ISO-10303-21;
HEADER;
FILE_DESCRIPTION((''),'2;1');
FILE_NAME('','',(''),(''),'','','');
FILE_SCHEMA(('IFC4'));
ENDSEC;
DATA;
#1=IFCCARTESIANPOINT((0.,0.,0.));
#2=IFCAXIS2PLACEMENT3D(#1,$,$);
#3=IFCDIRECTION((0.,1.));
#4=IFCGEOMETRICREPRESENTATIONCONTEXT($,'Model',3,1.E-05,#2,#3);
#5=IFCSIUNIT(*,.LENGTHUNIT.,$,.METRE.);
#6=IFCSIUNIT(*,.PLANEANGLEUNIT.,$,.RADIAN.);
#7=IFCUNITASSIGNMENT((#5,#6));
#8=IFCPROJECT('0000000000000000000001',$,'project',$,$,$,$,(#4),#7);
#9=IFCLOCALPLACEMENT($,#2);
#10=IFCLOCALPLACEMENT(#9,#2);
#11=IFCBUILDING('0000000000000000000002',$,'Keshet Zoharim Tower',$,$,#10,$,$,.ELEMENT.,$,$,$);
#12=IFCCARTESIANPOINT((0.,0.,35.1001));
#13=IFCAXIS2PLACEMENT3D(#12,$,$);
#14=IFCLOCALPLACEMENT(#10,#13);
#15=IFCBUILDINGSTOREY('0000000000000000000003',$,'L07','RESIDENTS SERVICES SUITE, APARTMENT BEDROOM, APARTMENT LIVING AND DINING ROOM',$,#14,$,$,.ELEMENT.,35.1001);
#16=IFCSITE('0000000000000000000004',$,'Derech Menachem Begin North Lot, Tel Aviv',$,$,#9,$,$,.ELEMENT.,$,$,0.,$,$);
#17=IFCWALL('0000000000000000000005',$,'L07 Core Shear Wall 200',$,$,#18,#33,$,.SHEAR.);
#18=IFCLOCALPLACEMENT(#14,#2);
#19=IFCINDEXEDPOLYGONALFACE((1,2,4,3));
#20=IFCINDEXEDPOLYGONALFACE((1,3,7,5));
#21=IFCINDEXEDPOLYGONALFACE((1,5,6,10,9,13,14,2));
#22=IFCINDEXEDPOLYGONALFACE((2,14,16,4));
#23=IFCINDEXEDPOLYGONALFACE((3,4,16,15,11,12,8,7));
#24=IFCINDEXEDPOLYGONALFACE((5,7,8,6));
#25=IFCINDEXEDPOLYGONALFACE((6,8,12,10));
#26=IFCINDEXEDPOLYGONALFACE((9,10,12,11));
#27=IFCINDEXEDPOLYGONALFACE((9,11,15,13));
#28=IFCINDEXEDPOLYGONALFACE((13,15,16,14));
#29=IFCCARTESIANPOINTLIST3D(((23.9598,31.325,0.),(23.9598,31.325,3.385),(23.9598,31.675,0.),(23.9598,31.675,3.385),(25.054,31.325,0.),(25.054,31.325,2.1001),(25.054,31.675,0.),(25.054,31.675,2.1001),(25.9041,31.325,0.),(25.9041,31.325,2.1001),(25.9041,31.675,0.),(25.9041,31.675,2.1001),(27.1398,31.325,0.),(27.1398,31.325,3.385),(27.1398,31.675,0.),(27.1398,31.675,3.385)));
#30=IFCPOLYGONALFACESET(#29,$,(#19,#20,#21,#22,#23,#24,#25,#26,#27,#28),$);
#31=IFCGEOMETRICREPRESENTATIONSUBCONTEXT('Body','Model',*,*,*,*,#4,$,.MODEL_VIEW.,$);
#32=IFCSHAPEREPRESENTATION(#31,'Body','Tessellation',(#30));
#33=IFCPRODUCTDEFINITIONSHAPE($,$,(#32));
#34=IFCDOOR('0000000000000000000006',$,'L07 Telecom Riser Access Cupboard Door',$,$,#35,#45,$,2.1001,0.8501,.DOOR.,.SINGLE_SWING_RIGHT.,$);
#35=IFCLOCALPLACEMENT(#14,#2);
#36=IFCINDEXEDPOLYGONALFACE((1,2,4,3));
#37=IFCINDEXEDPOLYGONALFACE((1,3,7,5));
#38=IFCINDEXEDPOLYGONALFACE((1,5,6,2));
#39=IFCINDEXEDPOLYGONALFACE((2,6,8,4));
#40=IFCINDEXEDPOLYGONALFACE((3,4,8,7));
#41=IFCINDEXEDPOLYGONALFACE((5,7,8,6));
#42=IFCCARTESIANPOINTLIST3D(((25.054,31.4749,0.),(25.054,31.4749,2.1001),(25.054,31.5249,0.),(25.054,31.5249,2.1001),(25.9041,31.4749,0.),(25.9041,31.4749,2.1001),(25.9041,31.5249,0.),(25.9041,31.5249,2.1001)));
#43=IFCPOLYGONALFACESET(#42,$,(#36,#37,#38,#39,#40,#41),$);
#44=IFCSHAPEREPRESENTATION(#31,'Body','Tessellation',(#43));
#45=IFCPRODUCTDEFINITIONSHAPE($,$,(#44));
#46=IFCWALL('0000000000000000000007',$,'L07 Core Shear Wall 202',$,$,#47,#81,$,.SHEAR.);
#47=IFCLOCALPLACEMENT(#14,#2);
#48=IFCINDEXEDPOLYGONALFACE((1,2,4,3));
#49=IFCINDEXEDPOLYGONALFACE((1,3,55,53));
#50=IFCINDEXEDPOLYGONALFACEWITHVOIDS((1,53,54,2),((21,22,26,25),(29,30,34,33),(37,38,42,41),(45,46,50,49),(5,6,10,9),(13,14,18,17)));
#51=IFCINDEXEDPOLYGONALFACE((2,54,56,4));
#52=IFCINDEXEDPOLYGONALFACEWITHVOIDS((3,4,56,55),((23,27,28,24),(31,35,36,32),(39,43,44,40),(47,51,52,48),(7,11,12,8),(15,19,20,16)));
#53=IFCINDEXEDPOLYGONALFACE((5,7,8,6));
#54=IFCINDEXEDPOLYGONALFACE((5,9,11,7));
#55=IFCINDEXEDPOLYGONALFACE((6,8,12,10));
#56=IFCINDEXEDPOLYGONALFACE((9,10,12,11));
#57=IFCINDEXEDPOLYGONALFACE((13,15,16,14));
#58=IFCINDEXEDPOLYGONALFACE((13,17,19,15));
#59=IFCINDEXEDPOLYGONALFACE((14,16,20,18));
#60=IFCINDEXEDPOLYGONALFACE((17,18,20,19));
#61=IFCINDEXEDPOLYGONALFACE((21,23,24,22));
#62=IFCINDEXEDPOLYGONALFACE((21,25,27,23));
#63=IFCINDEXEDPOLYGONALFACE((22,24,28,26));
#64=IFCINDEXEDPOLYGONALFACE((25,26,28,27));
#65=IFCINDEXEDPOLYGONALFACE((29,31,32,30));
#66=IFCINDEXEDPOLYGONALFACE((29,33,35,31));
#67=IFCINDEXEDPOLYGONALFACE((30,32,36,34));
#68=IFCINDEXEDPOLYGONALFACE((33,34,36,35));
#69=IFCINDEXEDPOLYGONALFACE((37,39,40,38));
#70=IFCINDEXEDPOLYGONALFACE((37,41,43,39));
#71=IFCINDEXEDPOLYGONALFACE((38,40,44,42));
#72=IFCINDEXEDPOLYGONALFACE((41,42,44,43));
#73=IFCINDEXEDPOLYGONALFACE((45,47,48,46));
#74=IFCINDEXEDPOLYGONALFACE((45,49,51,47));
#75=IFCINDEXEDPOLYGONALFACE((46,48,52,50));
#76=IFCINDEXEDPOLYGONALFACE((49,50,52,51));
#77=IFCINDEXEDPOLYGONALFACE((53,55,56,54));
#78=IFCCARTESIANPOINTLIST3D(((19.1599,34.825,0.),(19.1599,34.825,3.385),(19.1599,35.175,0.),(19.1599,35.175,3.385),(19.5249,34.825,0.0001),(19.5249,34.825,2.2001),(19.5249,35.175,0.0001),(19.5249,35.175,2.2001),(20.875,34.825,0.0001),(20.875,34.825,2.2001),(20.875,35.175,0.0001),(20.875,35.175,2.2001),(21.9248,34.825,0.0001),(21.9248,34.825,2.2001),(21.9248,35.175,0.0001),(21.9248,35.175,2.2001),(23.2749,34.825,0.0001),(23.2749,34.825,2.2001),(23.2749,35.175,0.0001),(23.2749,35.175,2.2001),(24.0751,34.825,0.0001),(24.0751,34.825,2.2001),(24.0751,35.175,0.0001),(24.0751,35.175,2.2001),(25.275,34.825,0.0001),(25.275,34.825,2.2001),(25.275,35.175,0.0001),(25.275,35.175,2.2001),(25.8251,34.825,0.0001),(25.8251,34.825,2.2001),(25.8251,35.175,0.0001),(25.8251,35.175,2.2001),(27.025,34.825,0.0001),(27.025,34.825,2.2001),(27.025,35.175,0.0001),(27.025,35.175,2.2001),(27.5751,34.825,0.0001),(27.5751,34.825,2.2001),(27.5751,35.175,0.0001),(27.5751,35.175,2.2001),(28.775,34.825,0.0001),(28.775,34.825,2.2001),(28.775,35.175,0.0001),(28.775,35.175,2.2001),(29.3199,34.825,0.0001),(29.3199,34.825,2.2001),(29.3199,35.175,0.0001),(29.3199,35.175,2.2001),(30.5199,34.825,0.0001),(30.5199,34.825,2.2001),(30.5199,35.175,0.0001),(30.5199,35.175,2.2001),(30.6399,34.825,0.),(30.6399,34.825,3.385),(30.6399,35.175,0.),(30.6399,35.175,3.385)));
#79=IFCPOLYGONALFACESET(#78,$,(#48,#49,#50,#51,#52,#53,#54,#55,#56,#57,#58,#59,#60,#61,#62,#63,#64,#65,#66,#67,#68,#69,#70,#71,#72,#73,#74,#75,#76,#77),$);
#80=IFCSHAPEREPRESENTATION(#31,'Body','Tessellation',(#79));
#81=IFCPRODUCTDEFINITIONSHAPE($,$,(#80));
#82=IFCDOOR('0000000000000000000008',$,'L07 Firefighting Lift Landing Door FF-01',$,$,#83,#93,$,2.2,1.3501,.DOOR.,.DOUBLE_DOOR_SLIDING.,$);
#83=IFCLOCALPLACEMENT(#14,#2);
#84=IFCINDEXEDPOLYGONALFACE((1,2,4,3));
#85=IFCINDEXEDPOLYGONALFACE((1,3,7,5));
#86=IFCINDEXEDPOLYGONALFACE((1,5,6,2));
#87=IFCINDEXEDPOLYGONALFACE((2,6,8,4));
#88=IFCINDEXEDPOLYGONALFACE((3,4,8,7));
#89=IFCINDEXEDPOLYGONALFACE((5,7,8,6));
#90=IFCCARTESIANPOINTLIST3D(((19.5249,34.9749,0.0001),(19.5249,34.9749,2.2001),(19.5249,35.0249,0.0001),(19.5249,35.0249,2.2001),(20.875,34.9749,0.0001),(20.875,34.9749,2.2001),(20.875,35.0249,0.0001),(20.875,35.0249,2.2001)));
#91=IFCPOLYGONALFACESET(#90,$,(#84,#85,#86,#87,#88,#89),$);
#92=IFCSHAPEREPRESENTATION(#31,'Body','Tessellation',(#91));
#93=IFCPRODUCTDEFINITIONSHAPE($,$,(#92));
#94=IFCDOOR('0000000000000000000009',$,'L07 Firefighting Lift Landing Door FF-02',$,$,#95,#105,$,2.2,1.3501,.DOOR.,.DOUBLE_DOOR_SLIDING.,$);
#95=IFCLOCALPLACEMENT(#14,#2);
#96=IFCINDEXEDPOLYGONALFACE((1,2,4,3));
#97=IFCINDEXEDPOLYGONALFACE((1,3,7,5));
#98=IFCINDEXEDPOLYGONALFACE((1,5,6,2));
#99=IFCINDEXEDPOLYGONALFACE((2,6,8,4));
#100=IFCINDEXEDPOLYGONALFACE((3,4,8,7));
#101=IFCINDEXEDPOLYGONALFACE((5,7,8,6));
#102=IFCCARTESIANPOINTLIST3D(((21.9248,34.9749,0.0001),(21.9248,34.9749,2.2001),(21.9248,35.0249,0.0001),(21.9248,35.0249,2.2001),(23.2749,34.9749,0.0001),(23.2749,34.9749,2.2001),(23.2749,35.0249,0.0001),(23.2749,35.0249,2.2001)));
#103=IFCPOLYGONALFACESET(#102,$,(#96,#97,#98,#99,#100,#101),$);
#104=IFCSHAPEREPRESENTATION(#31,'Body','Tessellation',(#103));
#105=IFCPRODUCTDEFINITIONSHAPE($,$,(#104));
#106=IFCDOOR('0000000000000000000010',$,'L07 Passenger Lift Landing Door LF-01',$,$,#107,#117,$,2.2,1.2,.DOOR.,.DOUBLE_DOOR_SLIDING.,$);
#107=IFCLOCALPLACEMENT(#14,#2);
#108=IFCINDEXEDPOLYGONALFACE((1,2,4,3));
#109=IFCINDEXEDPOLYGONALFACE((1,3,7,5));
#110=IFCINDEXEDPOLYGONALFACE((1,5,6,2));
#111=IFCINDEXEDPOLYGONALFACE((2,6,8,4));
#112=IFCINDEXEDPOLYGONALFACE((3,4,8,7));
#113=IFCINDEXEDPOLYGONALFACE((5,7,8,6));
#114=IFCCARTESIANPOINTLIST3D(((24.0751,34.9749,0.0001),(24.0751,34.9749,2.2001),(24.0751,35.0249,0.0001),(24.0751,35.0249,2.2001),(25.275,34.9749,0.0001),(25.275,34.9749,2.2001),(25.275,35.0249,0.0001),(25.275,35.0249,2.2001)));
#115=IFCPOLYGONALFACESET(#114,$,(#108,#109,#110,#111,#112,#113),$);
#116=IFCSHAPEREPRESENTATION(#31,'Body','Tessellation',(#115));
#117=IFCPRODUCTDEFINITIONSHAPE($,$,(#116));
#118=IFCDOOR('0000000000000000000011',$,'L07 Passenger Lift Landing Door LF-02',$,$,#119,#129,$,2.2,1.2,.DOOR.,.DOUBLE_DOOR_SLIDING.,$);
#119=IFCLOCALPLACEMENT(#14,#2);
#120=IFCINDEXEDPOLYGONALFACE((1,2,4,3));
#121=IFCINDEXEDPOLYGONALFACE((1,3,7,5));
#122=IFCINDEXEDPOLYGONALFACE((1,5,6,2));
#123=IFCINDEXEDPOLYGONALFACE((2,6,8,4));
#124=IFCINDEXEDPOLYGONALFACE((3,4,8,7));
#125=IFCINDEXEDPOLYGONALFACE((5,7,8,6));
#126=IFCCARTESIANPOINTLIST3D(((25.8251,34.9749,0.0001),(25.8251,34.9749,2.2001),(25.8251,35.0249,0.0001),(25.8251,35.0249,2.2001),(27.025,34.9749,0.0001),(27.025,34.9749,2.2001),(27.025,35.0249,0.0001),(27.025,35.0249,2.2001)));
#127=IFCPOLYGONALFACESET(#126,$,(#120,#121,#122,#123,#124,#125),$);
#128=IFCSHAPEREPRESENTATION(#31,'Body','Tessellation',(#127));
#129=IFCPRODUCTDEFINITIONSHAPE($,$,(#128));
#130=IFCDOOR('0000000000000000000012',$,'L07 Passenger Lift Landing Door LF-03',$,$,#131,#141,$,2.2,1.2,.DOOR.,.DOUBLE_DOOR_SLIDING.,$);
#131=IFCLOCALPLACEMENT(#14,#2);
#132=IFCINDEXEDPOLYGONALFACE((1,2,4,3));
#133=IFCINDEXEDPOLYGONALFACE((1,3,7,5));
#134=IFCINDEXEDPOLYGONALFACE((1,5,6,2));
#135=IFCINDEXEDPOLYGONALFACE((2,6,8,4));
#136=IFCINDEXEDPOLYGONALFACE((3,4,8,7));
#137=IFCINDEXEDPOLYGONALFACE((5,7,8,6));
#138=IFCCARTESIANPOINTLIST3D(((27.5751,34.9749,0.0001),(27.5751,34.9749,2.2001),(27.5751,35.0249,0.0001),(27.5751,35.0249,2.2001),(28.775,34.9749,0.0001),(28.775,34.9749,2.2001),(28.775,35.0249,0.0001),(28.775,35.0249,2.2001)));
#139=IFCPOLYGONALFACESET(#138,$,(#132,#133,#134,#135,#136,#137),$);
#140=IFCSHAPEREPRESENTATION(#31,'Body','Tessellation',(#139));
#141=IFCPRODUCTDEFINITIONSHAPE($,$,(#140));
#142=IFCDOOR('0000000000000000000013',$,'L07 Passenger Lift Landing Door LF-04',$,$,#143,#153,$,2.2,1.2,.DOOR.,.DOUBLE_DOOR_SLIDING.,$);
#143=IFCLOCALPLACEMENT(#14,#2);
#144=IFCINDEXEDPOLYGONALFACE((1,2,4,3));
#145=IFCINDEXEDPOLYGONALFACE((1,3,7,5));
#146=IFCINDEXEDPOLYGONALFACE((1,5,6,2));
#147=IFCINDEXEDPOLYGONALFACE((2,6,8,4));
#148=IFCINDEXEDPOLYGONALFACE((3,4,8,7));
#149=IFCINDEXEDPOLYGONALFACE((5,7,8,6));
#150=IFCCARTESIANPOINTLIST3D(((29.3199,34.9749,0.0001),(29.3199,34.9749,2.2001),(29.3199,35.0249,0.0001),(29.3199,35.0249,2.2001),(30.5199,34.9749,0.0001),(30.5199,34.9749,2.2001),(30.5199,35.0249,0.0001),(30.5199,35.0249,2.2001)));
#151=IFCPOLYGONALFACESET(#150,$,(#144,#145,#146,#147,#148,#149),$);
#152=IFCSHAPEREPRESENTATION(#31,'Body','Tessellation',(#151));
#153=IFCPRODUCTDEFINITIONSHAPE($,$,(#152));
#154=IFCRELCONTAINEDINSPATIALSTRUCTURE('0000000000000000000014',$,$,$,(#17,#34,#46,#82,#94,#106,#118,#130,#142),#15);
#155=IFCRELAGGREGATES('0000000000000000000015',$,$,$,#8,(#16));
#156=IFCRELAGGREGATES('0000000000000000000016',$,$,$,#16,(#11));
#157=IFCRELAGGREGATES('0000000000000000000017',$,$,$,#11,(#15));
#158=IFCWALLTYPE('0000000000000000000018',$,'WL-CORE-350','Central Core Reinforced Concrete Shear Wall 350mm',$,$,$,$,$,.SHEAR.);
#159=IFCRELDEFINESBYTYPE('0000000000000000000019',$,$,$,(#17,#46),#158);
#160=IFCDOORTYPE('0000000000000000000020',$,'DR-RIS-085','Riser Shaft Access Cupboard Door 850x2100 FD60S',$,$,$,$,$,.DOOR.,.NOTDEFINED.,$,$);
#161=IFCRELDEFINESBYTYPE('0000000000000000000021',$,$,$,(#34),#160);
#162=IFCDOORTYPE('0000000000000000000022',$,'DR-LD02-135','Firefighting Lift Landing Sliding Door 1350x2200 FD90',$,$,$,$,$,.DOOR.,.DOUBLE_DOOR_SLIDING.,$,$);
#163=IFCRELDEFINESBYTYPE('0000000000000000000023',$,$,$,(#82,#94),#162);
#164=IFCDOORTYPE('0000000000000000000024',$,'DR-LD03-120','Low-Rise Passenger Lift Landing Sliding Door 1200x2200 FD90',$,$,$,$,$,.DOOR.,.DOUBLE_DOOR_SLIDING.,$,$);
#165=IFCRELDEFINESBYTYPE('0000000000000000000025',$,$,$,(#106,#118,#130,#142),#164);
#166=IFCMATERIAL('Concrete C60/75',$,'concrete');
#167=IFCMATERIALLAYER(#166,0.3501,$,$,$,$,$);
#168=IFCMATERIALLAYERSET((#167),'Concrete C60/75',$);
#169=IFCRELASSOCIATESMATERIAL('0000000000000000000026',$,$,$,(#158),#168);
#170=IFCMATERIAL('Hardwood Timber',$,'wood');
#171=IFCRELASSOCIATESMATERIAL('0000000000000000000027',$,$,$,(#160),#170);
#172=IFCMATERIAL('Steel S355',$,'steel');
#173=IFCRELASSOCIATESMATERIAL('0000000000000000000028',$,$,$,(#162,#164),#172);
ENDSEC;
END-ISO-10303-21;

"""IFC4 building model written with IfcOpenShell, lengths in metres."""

from ifc_helpers import new_model, si_unit, direction, frame, frame_2d, origin, place, context, subcontext, project, spatial, rectangle, extrude, material, layer, layer_set, type_object, element, fill, save


model = new_model("IFC4")

# Units and contexts
model_context = context("Model", 3, precision=1e-05, world=origin(), true_north=direction((0.0, 1.0)))
body_context = subcontext(model_context, "Body", "Model", "MODEL_VIEW")
ifc_project = project(units=[si_unit("LENGTHUNIT", "METRE"), si_unit("PLANEANGLEUNIT", "RADIAN")], contexts=[model_context])

# Site, building, storey
site_placement = place(None, origin())
site = spatial("IfcSite", under=ifc_project, at=site_placement, Name="Derech Menachem Begin North Lot, Tel Aviv", CompositionType="ELEMENT", RefElevation=0.0)
building_placement = place(site_placement, origin())
building = spatial("IfcBuilding", under=site, at=building_placement, Name="Keshet Zoharim Tower", CompositionType="ELEMENT")
storey_placement = place(building_placement, frame((0.0, 0.0, 35.1001)))
storey = spatial("IfcBuildingStorey", under=building, at=storey_placement, Name="L07", Description="RESIDENTS SERVICES SUITE, APARTMENT BEDROOM, APARTMENT LIVING AND DINING ROOM", CompositionType="ELEMENT", Elevation=35.1001)

# Shared definitions
ifc_material_1 = material(Name="Steel S355", Category="steel")

# Shared definitions
ifc_material_2 = material(Name="Concrete C60/75", Category="concrete")
ifc_layer_1 = layer(ifc_material_2, 0.3501)
ifc_layer_set_1 = layer_set([ifc_layer_1], Name="Concrete C60/75")
wall_type_1 = type_object("IfcWallType", Name="WL-CORE-350", Description="Central Core Reinforced Concrete Shear Wall 350mm", PredefinedType="SHEAR", material=ifc_layer_set_1)

# Shared definitions
ifc_material_3 = material(Name="Hardwood Timber", Category="wood")

# Wall, opening, door
wall_1_placement = place(storey_placement, frame((23.96, 31.5, 0.0), z_axis=(0.0, 0.0, 1.0), x_axis=(1.0, 0.0, 0.0)))
wall_1 = element("IfcWall", 1, at=wall_1_placement, inside=storey, type_object=wall_type_1, Name="L07 Core Shear Wall 200", PredefinedType="SHEAR", context=body_context, shape_type="SweptSolid", body=[
    extrude(rectangle(XDim=3.1799, YDim=0.3501, at=frame_2d((1.5898, 0.0))), origin(), (0.0, 0.0, 1.0), 3.385),
])
opening_1_placement = place(wall_1_placement, frame((1.094, 0.0, 0.0)))
opening_1 = element("IfcOpeningElement", 2, at=opening_1_placement, cuts=wall_1, PredefinedType="OPENING", context=body_context, shape_type="SweptSolid", body=[
    extrude(rectangle(XDim=0.8501, YDim=2.1001, at=frame_2d((0.425, 1.05))), frame((0.0, 0.1851, 0.0), z_axis=(0.0, -1.0, 0.0), x_axis=(1.0, 0.0, 0.0)), (0.0, 0.0, 1.0), 0.3701),
])
door_type_1 = type_object("IfcDoorType", Name="DR-RIS-085", Description="Riser Shaft Access Cupboard Door 850x2100 FD60S", OperationType="NOTDEFINED", PredefinedType="DOOR", material=ifc_material_3)
door_1_placement = place(opening_1_placement, origin())
door_1 = element("IfcDoor", 3, at=door_1_placement, inside=storey, type_object=door_type_1, Name="L07 Telecom Riser Access Cupboard Door", OperationType="SINGLE_SWING_RIGHT", OverallHeight=2.1001, OverallWidth=0.8501, PredefinedType="DOOR", context=body_context, shape_type="SweptSolid", body=[
    extrude(rectangle(XDim=0.8501, YDim=2.1001, at=frame_2d((0.425, 1.05))), frame((0.0, 0.0249, 0.0), z_axis=(0.0, -1.0, 0.0), x_axis=(1.0, 0.0, 0.0)), (0.0, 0.0, 1.0), 0.05),
])
fill(opening_1, door_1)

# Wall, openings, doors
wall_2_placement = place(storey_placement, frame((19.1599, 35.0, 0.0), z_axis=(0.0, 0.0, 1.0), x_axis=(1.0, 0.0, 0.0)))
wall_2 = element("IfcWall", 4, at=wall_2_placement, inside=storey, type_object=wall_type_1, Name="L07 Core Shear Wall 202", PredefinedType="SHEAR", context=body_context, shape_type="SweptSolid", body=[
    extrude(rectangle(XDim=11.48, YDim=0.3501, at=frame_2d((5.74, 0.0))), origin(), (0.0, 0.0, 1.0), 3.385),
])
opening_2_placement = place(wall_2_placement, frame((0.365, 0.0, 0.0)))
opening_2 = element("IfcOpeningElement", 5, at=opening_2_placement, cuts=wall_2, PredefinedType="OPENING", context=body_context, shape_type="SweptSolid", body=[
    extrude(rectangle(XDim=1.3501, YDim=2.2, at=frame_2d((0.675, 1.1001))), frame((0.0, 0.1851, 0.0), z_axis=(0.0, -1.0, 0.0), x_axis=(1.0, 0.0, 0.0)), (0.0, 0.0, 1.0), 0.3701),
])
opening_3_placement = place(wall_2_placement, frame((2.7649, 0.0, 0.0)))
opening_3 = element("IfcOpeningElement", 6, at=opening_3_placement, cuts=wall_2, PredefinedType="OPENING", context=body_context, shape_type="SweptSolid", body=[
    extrude(rectangle(XDim=1.3501, YDim=2.2, at=frame_2d((0.675, 1.1001))), frame((0.0, 0.1851, 0.0), z_axis=(0.0, -1.0, 0.0), x_axis=(1.0, 0.0, 0.0)), (0.0, 0.0, 1.0), 0.3701),
])
opening_4_placement = place(wall_2_placement, frame((4.915, 0.0, 0.0)))
opening_4 = element("IfcOpeningElement", 7, at=opening_4_placement, cuts=wall_2, PredefinedType="OPENING", context=body_context, shape_type="SweptSolid", body=[
    extrude(rectangle(XDim=1.2, YDim=2.2, at=frame_2d((0.6001, 1.1001))), frame((0.0, 0.1851, 0.0), z_axis=(0.0, -1.0, 0.0), x_axis=(1.0, 0.0, 0.0)), (0.0, 0.0, 1.0), 0.3701),
])
opening_5_placement = place(wall_2_placement, frame((6.665, 0.0, 0.0)))
opening_5 = element("IfcOpeningElement", 8, at=opening_5_placement, cuts=wall_2, PredefinedType="OPENING", context=body_context, shape_type="SweptSolid", body=[
    extrude(rectangle(XDim=1.2, YDim=2.2, at=frame_2d((0.6001, 1.1001))), frame((0.0, 0.1851, 0.0), z_axis=(0.0, -1.0, 0.0), x_axis=(1.0, 0.0, 0.0)), (0.0, 0.0, 1.0), 0.3701),
])
opening_6_placement = place(wall_2_placement, frame((8.415, 0.0, 0.0)))
opening_6 = element("IfcOpeningElement", 9, at=opening_6_placement, cuts=wall_2, PredefinedType="OPENING", context=body_context, shape_type="SweptSolid", body=[
    extrude(rectangle(XDim=1.2, YDim=2.2, at=frame_2d((0.6001, 1.1001))), frame((0.0, 0.1851, 0.0), z_axis=(0.0, -1.0, 0.0), x_axis=(1.0, 0.0, 0.0)), (0.0, 0.0, 1.0), 0.3701),
])
opening_7_placement = place(wall_2_placement, frame((10.1599, 0.0, 0.0)))
opening_7 = element("IfcOpeningElement", 10, at=opening_7_placement, cuts=wall_2, PredefinedType="OPENING", context=body_context, shape_type="SweptSolid", body=[
    extrude(rectangle(XDim=1.2, YDim=2.2, at=frame_2d((0.6001, 1.1001))), frame((0.0, 0.1851, 0.0), z_axis=(0.0, -1.0, 0.0), x_axis=(1.0, 0.0, 0.0)), (0.0, 0.0, 1.0), 0.3701),
])
door_type_2 = type_object("IfcDoorType", Name="DR-LD02-135", Description="Firefighting Lift Landing Sliding Door 1350x2200 FD90", OperationType="DOUBLE_DOOR_SLIDING", PredefinedType="DOOR", material=ifc_material_1)
door_2_placement = place(opening_2_placement, origin())
door_2 = element("IfcDoor", 11, at=door_2_placement, inside=storey, type_object=door_type_2, Name="L07 Firefighting Lift Landing Door FF-01", OperationType="DOUBLE_DOOR_SLIDING", OverallHeight=2.2, OverallWidth=1.3501, PredefinedType="DOOR", context=body_context, shape_type="SweptSolid", body=[
    extrude(rectangle(XDim=1.3501, YDim=2.2, at=frame_2d((0.675, 1.1001))), frame((0.0, 0.0249, 0.0), z_axis=(0.0, -1.0, 0.0), x_axis=(1.0, 0.0, 0.0)), (0.0, 0.0, 1.0), 0.05),
])
fill(opening_2, door_2)
door_3_placement = place(opening_3_placement, origin())
door_3 = element("IfcDoor", 12, at=door_3_placement, inside=storey, type_object=door_type_2, Name="L07 Firefighting Lift Landing Door FF-02", OperationType="DOUBLE_DOOR_SLIDING", OverallHeight=2.2, OverallWidth=1.3501, PredefinedType="DOOR", context=body_context, shape_type="SweptSolid", body=[
    extrude(rectangle(XDim=1.3501, YDim=2.2, at=frame_2d((0.675, 1.1001))), frame((0.0, 0.0249, 0.0), z_axis=(0.0, -1.0, 0.0), x_axis=(1.0, 0.0, 0.0)), (0.0, 0.0, 1.0), 0.05),
])
fill(opening_3, door_3)
door_type_3 = type_object("IfcDoorType", Name="DR-LD03-120", Description="Low-Rise Passenger Lift Landing Sliding Door 1200x2200 FD90", OperationType="DOUBLE_DOOR_SLIDING", PredefinedType="DOOR", material=ifc_material_1)
door_4_placement = place(opening_4_placement, origin())
door_4 = element("IfcDoor", 13, at=door_4_placement, inside=storey, type_object=door_type_3, Name="L07 Passenger Lift Landing Door LF-01", OperationType="DOUBLE_DOOR_SLIDING", OverallHeight=2.2, OverallWidth=1.2, PredefinedType="DOOR", context=body_context, shape_type="SweptSolid", body=[
    extrude(rectangle(XDim=1.2, YDim=2.2, at=frame_2d((0.6001, 1.1001))), frame((0.0, 0.0249, 0.0), z_axis=(0.0, -1.0, 0.0), x_axis=(1.0, 0.0, 0.0)), (0.0, 0.0, 1.0), 0.05),
])
fill(opening_4, door_4)
door_5_placement = place(opening_5_placement, origin())
door_5 = element("IfcDoor", 14, at=door_5_placement, inside=storey, type_object=door_type_3, Name="L07 Passenger Lift Landing Door LF-02", OperationType="DOUBLE_DOOR_SLIDING", OverallHeight=2.2, OverallWidth=1.2, PredefinedType="DOOR", context=body_context, shape_type="SweptSolid", body=[
    extrude(rectangle(XDim=1.2, YDim=2.2, at=frame_2d((0.6001, 1.1001))), frame((0.0, 0.0249, 0.0), z_axis=(0.0, -1.0, 0.0), x_axis=(1.0, 0.0, 0.0)), (0.0, 0.0, 1.0), 0.05),
])
fill(opening_5, door_5)
door_6_placement = place(opening_6_placement, origin())
door_6 = element("IfcDoor", 15, at=door_6_placement, inside=storey, type_object=door_type_3, Name="L07 Passenger Lift Landing Door LF-03", OperationType="DOUBLE_DOOR_SLIDING", OverallHeight=2.2, OverallWidth=1.2, PredefinedType="DOOR", context=body_context, shape_type="SweptSolid", body=[
    extrude(rectangle(XDim=1.2, YDim=2.2, at=frame_2d((0.6001, 1.1001))), frame((0.0, 0.0249, 0.0), z_axis=(0.0, -1.0, 0.0), x_axis=(1.0, 0.0, 0.0)), (0.0, 0.0, 1.0), 0.05),
])
fill(opening_6, door_6)
door_7_placement = place(opening_7_placement, origin())
door_7 = element("IfcDoor", 16, at=door_7_placement, inside=storey, type_object=door_type_3, Name="L07 Passenger Lift Landing Door LF-04", OperationType="DOUBLE_DOOR_SLIDING", OverallHeight=2.2, OverallWidth=1.2, PredefinedType="DOOR", context=body_context, shape_type="SweptSolid", body=[
    extrude(rectangle(XDim=1.2, YDim=2.2, at=frame_2d((0.6001, 1.1001))), frame((0.0, 0.0249, 0.0), z_axis=(0.0, -1.0, 0.0), x_axis=(1.0, 0.0, 0.0)), (0.0, 0.0, 1.0), 0.05),
])
fill(opening_7, door_7)

save(model, "model.ifc")
